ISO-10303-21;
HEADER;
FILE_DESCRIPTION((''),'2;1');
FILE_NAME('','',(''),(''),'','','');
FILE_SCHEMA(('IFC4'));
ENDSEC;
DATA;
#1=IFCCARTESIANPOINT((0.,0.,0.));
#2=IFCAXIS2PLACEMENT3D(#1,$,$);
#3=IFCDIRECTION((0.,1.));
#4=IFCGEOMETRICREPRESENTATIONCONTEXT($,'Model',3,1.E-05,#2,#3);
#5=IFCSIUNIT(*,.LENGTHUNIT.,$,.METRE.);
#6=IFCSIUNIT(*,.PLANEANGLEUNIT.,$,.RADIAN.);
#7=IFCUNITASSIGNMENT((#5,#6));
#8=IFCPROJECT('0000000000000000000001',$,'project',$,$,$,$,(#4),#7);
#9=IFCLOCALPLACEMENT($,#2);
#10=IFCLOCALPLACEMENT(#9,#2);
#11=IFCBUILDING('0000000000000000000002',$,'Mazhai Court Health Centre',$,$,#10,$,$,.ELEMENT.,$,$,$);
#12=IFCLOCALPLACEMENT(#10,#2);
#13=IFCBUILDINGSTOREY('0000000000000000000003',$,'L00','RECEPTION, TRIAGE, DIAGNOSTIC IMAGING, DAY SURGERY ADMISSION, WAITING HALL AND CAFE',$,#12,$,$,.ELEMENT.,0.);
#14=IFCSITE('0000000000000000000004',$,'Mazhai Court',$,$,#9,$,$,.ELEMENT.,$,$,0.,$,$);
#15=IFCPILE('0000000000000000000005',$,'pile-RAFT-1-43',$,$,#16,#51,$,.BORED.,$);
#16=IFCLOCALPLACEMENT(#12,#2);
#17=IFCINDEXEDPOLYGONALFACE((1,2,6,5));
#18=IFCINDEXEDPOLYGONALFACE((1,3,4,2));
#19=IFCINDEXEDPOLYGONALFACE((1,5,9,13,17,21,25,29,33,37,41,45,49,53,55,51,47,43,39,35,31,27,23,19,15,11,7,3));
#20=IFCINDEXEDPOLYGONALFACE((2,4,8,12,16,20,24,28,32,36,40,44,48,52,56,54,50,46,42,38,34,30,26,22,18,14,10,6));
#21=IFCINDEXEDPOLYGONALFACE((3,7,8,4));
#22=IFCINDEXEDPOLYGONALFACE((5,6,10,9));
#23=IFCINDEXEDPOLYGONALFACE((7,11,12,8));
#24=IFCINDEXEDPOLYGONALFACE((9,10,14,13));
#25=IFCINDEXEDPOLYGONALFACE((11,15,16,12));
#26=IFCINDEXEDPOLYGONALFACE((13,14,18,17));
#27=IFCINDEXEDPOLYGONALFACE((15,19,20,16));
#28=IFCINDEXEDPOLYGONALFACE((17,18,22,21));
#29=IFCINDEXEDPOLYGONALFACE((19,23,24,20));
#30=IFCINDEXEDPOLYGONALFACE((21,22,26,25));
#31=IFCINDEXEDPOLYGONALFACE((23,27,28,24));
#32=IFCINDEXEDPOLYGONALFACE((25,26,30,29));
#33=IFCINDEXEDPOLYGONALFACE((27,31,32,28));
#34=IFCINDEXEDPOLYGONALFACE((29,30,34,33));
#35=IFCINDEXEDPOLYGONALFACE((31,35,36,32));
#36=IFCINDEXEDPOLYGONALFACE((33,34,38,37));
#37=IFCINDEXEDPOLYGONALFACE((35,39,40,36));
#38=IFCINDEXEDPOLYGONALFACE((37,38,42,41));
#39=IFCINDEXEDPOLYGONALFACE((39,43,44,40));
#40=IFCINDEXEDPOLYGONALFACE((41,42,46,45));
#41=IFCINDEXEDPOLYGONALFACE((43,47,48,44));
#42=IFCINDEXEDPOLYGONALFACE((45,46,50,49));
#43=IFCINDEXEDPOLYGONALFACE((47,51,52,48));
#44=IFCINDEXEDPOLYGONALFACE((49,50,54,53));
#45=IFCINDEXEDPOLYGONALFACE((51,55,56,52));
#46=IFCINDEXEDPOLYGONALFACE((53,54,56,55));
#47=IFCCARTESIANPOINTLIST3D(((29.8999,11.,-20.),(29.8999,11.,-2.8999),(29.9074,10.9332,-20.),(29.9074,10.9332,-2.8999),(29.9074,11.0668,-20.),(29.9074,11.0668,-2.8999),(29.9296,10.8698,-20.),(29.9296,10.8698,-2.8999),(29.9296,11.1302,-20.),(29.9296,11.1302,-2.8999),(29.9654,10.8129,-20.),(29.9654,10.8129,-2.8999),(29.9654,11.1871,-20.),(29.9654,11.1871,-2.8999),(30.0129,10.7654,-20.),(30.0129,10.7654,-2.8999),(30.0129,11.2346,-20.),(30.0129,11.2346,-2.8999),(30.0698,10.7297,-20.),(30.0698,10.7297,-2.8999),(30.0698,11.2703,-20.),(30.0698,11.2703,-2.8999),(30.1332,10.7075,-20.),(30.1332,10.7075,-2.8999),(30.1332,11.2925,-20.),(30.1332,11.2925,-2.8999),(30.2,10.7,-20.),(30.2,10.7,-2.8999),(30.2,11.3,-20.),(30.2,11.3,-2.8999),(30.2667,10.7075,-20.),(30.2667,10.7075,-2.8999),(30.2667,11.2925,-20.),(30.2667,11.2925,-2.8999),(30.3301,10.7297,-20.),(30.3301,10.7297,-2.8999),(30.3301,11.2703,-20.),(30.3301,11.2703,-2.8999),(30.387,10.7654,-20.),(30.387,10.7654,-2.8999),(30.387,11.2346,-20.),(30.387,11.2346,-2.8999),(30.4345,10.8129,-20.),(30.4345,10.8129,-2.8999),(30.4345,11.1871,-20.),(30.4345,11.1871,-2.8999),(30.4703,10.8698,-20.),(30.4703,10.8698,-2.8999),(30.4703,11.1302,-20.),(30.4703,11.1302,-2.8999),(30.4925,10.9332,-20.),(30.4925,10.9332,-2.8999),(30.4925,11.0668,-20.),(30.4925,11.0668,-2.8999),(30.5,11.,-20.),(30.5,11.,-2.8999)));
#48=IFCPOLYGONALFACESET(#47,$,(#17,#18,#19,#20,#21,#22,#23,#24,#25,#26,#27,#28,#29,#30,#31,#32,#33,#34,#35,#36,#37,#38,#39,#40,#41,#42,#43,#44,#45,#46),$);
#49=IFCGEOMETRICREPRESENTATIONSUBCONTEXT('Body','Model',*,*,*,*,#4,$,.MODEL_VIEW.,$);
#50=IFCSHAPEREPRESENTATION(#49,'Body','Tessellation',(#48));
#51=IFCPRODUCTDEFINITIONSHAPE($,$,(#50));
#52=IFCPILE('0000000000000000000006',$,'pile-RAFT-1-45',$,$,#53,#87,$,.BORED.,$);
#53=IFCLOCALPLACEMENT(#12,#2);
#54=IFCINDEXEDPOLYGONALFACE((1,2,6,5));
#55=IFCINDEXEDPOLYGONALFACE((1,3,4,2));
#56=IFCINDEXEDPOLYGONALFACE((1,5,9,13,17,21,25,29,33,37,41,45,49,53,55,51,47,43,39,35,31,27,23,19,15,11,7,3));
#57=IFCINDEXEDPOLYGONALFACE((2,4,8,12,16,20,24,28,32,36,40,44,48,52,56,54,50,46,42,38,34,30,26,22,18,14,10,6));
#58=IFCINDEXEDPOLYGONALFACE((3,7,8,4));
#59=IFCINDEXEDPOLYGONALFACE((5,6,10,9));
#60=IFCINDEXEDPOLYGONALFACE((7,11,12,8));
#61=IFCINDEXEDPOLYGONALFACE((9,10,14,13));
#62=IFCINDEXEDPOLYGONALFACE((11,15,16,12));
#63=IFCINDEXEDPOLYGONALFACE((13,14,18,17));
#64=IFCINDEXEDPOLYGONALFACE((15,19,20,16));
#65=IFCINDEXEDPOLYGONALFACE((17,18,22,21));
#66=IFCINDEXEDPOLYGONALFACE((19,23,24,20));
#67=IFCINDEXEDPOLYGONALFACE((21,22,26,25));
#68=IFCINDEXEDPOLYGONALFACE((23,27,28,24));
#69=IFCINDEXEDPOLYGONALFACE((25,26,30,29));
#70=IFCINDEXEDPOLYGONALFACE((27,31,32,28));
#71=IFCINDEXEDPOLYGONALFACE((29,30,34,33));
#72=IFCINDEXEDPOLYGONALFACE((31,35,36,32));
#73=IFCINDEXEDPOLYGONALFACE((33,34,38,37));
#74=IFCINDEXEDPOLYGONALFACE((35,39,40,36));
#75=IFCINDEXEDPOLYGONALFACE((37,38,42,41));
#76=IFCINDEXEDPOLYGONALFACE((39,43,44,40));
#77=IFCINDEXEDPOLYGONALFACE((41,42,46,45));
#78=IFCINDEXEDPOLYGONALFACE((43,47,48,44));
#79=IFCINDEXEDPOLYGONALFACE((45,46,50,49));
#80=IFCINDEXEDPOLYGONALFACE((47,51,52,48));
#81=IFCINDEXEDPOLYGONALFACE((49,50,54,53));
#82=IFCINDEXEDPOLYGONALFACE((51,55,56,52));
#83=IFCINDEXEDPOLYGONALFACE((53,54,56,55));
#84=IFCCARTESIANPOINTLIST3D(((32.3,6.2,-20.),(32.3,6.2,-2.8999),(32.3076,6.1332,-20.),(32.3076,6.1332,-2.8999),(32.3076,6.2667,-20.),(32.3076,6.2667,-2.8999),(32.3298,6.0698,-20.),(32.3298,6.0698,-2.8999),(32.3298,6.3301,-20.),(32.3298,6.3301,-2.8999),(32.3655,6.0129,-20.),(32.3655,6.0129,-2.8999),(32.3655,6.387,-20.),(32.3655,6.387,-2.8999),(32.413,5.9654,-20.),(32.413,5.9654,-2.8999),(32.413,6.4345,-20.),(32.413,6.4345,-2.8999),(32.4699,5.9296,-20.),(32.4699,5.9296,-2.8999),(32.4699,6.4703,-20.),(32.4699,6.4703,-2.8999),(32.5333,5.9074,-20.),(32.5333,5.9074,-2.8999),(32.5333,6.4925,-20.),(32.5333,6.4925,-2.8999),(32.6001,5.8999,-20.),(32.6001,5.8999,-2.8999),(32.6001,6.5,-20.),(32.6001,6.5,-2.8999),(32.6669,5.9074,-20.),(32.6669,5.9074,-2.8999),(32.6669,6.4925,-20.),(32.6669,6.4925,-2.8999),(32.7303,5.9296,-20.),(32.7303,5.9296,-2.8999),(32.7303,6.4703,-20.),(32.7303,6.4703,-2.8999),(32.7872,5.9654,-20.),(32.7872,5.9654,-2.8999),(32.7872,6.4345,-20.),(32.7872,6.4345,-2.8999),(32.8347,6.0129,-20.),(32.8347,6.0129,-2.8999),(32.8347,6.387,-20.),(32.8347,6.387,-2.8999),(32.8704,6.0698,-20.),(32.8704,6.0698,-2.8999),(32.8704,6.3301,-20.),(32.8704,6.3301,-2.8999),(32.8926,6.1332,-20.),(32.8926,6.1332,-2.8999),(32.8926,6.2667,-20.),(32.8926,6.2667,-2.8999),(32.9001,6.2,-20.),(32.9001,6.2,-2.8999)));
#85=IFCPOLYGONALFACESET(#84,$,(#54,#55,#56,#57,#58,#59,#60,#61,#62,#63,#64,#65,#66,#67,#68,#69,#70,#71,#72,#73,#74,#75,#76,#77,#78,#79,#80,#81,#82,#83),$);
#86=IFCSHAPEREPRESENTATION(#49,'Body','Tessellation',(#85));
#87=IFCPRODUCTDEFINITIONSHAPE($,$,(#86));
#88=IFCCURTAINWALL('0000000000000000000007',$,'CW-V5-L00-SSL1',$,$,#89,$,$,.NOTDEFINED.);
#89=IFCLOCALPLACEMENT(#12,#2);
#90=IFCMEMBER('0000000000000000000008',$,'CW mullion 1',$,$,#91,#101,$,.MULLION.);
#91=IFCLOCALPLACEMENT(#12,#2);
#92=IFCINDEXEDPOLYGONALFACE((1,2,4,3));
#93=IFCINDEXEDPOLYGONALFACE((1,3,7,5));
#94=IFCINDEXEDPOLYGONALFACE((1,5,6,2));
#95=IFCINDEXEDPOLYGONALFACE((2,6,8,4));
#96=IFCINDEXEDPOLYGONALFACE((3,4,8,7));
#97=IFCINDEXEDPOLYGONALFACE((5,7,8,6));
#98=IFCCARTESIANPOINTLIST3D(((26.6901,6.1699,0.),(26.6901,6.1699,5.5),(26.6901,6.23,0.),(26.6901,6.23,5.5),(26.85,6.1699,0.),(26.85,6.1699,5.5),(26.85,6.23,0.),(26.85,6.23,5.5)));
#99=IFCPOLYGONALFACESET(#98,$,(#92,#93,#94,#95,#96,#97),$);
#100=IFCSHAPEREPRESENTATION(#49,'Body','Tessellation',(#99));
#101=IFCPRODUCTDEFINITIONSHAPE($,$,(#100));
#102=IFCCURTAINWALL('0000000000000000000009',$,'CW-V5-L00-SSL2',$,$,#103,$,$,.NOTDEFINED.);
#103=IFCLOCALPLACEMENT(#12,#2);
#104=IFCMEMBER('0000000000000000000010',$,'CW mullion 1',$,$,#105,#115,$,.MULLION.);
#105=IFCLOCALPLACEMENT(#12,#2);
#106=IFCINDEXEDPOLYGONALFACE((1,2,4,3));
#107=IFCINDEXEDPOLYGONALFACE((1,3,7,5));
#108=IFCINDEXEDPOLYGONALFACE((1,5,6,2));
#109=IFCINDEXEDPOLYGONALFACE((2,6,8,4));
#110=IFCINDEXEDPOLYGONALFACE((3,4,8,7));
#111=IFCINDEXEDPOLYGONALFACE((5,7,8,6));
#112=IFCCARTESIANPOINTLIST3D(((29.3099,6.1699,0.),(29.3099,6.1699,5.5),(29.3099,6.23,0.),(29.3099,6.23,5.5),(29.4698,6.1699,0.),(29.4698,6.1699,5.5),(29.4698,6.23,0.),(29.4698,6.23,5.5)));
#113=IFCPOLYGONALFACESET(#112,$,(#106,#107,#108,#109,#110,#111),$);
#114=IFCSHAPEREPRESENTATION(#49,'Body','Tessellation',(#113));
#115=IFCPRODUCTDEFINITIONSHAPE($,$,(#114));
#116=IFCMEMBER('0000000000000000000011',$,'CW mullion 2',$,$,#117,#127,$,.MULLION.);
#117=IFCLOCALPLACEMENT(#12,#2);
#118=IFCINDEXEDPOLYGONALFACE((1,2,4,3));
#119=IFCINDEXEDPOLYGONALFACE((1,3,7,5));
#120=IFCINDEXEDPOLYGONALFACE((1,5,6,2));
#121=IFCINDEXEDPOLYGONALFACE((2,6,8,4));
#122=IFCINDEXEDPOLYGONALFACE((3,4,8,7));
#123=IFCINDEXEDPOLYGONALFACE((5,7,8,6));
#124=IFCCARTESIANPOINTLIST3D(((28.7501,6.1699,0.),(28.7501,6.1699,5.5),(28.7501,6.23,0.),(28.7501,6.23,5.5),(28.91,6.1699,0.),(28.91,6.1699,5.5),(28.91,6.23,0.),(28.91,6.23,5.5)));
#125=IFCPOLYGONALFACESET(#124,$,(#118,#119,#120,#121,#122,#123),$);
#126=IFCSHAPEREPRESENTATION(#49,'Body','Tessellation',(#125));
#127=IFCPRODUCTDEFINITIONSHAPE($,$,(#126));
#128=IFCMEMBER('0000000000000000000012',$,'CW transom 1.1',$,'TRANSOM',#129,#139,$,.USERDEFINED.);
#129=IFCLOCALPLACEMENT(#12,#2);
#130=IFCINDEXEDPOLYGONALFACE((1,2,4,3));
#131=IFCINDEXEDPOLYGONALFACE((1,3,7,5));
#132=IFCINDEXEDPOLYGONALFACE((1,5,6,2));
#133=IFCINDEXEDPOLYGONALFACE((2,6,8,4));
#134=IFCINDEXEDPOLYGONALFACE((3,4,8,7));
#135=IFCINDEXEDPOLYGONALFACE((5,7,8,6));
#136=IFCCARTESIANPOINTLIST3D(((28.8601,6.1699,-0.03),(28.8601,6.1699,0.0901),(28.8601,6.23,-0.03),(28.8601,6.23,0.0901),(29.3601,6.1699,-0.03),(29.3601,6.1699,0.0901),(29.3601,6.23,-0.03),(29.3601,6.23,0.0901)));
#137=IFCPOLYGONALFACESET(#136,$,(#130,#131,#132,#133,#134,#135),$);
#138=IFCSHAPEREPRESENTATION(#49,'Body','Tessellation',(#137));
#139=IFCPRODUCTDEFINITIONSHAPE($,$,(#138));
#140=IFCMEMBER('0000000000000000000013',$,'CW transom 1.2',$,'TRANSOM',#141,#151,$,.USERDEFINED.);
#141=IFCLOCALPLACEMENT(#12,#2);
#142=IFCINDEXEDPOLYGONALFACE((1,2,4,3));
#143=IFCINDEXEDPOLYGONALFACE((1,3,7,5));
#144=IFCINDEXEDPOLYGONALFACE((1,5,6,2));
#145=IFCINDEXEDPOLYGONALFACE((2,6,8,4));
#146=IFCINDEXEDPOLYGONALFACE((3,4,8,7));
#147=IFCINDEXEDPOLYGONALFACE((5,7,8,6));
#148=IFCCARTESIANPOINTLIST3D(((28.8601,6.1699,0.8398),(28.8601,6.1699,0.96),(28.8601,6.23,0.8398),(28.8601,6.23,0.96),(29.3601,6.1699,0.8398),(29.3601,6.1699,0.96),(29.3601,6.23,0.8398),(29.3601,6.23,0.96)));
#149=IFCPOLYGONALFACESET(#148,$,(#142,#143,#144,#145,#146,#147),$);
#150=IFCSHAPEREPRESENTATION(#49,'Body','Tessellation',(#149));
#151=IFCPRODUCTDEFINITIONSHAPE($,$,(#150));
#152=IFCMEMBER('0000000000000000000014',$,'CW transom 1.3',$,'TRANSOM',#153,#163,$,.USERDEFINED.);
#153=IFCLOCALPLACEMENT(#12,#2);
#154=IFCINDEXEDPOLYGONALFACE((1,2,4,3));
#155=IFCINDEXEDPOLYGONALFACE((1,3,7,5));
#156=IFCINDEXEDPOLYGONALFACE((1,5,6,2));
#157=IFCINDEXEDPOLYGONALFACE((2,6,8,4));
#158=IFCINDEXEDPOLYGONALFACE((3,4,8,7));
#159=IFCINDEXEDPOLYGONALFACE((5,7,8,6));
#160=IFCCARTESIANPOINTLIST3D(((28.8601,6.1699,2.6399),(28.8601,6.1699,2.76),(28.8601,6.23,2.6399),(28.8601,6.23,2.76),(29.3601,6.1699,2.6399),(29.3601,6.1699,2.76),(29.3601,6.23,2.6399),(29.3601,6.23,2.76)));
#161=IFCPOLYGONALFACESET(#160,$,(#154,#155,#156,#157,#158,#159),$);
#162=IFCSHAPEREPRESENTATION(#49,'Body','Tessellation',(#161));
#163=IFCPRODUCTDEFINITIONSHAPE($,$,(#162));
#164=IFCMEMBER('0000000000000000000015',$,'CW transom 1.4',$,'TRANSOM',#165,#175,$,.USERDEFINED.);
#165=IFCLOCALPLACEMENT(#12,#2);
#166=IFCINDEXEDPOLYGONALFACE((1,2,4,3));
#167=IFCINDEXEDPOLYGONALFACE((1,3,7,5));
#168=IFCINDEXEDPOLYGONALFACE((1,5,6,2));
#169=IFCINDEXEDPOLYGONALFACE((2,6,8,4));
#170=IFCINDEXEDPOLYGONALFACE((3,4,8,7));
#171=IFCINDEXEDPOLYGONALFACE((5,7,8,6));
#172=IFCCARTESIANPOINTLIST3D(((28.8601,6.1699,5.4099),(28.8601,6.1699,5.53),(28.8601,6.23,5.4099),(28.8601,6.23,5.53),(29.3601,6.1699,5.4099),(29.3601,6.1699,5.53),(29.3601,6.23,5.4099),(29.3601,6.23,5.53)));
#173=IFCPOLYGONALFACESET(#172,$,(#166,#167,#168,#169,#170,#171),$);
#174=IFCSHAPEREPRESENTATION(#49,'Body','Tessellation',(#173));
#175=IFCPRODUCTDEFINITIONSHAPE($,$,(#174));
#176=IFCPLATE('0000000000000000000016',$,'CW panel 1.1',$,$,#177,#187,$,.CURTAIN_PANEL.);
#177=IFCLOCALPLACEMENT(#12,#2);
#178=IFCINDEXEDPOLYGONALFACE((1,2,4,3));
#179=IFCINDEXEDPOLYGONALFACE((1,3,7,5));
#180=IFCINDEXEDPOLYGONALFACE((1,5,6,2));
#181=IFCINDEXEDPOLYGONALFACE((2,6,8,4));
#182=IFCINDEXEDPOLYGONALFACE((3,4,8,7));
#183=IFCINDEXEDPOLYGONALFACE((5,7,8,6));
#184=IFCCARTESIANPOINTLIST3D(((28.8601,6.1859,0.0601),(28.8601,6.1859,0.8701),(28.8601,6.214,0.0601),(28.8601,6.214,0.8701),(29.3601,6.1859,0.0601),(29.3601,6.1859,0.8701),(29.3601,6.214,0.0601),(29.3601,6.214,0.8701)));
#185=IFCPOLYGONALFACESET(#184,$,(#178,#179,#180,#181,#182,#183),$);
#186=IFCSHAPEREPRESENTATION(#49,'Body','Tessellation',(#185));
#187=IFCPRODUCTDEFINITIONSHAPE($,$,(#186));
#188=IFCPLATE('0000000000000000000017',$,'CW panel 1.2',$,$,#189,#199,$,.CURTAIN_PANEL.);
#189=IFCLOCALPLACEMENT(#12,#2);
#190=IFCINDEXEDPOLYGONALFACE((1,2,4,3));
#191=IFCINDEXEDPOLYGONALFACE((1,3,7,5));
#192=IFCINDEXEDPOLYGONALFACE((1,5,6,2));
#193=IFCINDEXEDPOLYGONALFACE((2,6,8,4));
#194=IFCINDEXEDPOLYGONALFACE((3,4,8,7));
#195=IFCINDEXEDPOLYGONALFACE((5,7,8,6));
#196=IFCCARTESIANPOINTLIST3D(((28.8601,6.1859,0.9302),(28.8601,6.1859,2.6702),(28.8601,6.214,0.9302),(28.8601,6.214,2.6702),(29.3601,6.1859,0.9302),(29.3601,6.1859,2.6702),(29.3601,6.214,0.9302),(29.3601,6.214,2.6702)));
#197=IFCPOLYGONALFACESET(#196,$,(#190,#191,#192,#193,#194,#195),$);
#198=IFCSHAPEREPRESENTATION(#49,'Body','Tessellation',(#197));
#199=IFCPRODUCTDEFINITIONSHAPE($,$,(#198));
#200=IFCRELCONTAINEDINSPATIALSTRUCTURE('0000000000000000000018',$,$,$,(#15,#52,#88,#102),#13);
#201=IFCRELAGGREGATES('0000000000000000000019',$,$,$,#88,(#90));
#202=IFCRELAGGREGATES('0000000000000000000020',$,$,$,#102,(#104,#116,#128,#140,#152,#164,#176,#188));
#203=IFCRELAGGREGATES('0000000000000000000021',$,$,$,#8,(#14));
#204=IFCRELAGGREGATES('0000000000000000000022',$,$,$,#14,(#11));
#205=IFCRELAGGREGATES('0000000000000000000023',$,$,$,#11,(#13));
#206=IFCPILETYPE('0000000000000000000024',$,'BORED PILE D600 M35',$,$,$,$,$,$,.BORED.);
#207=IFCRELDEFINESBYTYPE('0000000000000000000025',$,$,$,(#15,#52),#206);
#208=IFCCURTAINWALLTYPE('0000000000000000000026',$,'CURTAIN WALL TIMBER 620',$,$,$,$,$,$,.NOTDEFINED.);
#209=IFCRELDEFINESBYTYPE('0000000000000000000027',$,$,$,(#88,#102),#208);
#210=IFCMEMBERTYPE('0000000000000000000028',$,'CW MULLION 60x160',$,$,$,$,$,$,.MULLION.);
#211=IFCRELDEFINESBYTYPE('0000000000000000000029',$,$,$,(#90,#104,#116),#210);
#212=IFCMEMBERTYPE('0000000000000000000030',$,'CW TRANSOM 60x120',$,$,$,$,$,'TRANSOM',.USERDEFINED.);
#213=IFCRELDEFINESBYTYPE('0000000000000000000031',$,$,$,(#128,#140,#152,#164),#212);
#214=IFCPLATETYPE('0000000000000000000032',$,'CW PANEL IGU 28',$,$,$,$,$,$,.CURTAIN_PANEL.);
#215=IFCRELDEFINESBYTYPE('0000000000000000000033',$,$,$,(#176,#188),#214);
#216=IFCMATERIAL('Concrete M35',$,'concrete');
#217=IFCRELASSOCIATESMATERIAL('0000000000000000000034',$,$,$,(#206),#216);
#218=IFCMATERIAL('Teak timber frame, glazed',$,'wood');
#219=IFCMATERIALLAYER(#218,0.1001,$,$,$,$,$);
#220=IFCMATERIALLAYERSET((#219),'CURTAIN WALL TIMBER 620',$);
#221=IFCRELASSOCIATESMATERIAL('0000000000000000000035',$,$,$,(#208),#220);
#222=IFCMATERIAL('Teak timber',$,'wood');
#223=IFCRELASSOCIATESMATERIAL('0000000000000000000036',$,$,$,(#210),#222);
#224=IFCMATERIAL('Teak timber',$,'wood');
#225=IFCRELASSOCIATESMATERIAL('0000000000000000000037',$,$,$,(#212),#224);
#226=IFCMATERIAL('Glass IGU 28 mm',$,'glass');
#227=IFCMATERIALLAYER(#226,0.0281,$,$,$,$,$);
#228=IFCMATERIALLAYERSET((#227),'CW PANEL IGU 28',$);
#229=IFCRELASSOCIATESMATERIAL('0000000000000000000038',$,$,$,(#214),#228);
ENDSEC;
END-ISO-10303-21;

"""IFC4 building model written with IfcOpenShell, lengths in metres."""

from ifc_helpers import new_model, si_unit, direction, frame, origin, origin_2d, place, context, subcontext, project, spatial, rectangle, circle, extrude, material, layer, layer_set, material_profile, profile_set, type_object, element, aggregate, save


model = new_model("IFC4")

# Units and contexts
model_context = context("Model", 3, precision=1e-05, world=origin(), true_north=direction((0.0, 1.0)))
body_context = subcontext(model_context, "Body", "Model", "MODEL_VIEW")
ifc_project = project(units=[si_unit("LENGTHUNIT", "METRE"), si_unit("PLANEANGLEUNIT", "RADIAN")], contexts=[model_context])

# Site, building, storey
site_placement = place(None, origin())
site = spatial("IfcSite", under=ifc_project, at=site_placement, Name="Mazhai Court", CompositionType="ELEMENT", RefElevation=0.0)
building_placement = place(site_placement, origin())
building = spatial("IfcBuilding", under=site, at=building_placement, Name="Mazhai Court Health Centre", CompositionType="ELEMENT")
storey_placement = place(building_placement, origin())
storey = spatial("IfcBuildingStorey", under=building, at=storey_placement, Name="L00", Description="RECEPTION, TRIAGE, DIAGNOSTIC IMAGING, DAY SURGERY ADMISSION, WAITING HALL AND CAFE", CompositionType="ELEMENT", Elevation=0.0)

# Piles
ifc_material_1 = material(Name="Concrete M35", Category="concrete")
ifc_material_profile_1 = material_profile(ifc_material_1, circle(Radius=0.3, at=origin_2d()), Name="RC PILE D600")
ifc_profile_set_1 = profile_set([ifc_material_profile_1], Name="Concrete M35")
pile_type = type_object("IfcPileType", Name="BORED PILE D600 M35", PredefinedType="BORED", material=ifc_profile_set_1)
for number, where, z_axis, x_axis, name in (
    (1, (30.2, 11.0, -2.8999), (0.0, 0.0, -1.0), (1.0, 0.0, 0.0), "pile-RAFT-1-43"),
    (2, (32.6001, 6.2, -2.8999), (0.0, 0.0, -1.0), (1.0, 0.0, 0.0), "pile-RAFT-1-45"),
):
    element("IfcPile", number, at=place(storey_placement, frame(where, z_axis=z_axis, x_axis=x_axis)), inside=storey, type_object=pile_type, Name=name, PredefinedType="BORED", context=body_context, shape_type="SweptSolid", body=[
        extrude(circle(Radius=0.3, at=origin_2d()), origin(), (0.0, 0.0, 1.0), 17.1001),
    ])

# Curtain wall, member
ifc_material_2 = material(Name="Teak timber frame, glazed", Category="wood")
ifc_layer_1 = layer(ifc_material_2, 0.1001)
ifc_layer_set_1 = layer_set([ifc_layer_1], Name="CURTAIN WALL TIMBER 620")
curtain_wall_type = type_object("IfcCurtainWallType", Name="CURTAIN WALL TIMBER 620", PredefinedType="NOTDEFINED", material=ifc_layer_set_1)
curtain_wall_1_placement = place(storey_placement, origin())
curtain_wall_1 = element("IfcCurtainWall", 3, at=curtain_wall_1_placement, inside=storey, type_object=curtain_wall_type, Name="CW-V5-L00-SSL1", PredefinedType="NOTDEFINED")
ifc_material_3 = material(Name="Teak timber", Category="wood")
ifc_material_profile_2 = material_profile(ifc_material_3, rectangle(XDim=0.0601, YDim=0.1599, at=origin_2d()), Name="CW MULLION 60x160")
ifc_profile_set_2 = profile_set([ifc_material_profile_2], Name="Teak timber")
member_type_1 = type_object("IfcMemberType", Name="CW MULLION 60x160", PredefinedType="MULLION", material=ifc_profile_set_2)
member_1_placement = place(storey_placement, frame((26.77, 6.2, 0.0), z_axis=(0.0, 0.0, 1.0), x_axis=(0.0, -1.0, 0.0)))
member_1 = element("IfcMember", 4, at=member_1_placement, type_object=member_type_1, Name="CW mullion 1", PredefinedType="MULLION", context=body_context, shape_type="SweptSolid", body=[
    extrude(rectangle(XDim=0.0601, YDim=0.1599, at=origin_2d()), origin(), (0.0, 0.0, 1.0), 5.5),
])
aggregate(curtain_wall_1, [member_1])

# Curtain wall, members, plates
curtain_wall_2_placement = place(storey_placement, origin())
curtain_wall_2 = element("IfcCurtainWall", 5, at=curtain_wall_2_placement, inside=storey, type_object=curtain_wall_type, Name="CW-V5-L00-SSL2", PredefinedType="NOTDEFINED")
member_2_placement = place(storey_placement, frame((29.3899, 6.2, 0.0), z_axis=(0.0, 0.0, 1.0), x_axis=(0.0, -1.0, 0.0)))
member_2 = element("IfcMember", 6, at=member_2_placement, type_object=member_type_1, Name="CW mullion 1", PredefinedType="MULLION", context=body_context, shape_type="SweptSolid", body=[
    extrude(rectangle(XDim=0.0601, YDim=0.1599, at=origin_2d()), origin(), (0.0, 0.0, 1.0), 5.5),
])
member_3_placement = place(storey_placement, frame((28.8301, 6.2, 0.0), z_axis=(0.0, 0.0, 1.0), x_axis=(0.0, -1.0, 0.0)))
member_3 = element("IfcMember", 7, at=member_3_placement, type_object=member_type_1, Name="CW mullion 2", PredefinedType="MULLION", context=body_context, shape_type="SweptSolid", body=[
    extrude(rectangle(XDim=0.0601, YDim=0.1599, at=origin_2d()), origin(), (0.0, 0.0, 1.0), 5.5),
])
ifc_material_4 = material(Name="Teak timber", Category="wood")
ifc_material_profile_3 = material_profile(ifc_material_4, rectangle(XDim=0.0601, YDim=0.1201, at=origin_2d()), Name="CW TRANSOM 60x120")
ifc_profile_set_3 = profile_set([ifc_material_profile_3], Name="Teak timber")
member_type_2 = type_object("IfcMemberType", Name="CW TRANSOM 60x120", ElementType="TRANSOM", PredefinedType="USERDEFINED", material=ifc_profile_set_3)
member_4_placement = place(storey_placement, frame((29.3601, 6.2, 0.03), z_axis=(-1.0, 0.0, 0.0), x_axis=(0.0, -1.0, 0.0)))
member_4 = element("IfcMember", 8, at=member_4_placement, type_object=member_type_2, Name="CW transom 1.1", ObjectType="TRANSOM", PredefinedType="USERDEFINED", context=body_context, shape_type="SweptSolid", body=[
    extrude(rectangle(XDim=0.0601, YDim=0.1201, at=origin_2d()), origin(), (0.0, 0.0, 1.0), 0.5),
])
member_5_placement = place(storey_placement, frame((29.3601, 6.2, 0.8999), z_axis=(-1.0, 0.0, 0.0), x_axis=(0.0, -1.0, 0.0)))
member_5 = element("IfcMember", 9, at=member_5_placement, type_object=member_type_2, Name="CW transom 1.2", ObjectType="TRANSOM", PredefinedType="USERDEFINED", context=body_context, shape_type="SweptSolid", body=[
    extrude(rectangle(XDim=0.0601, YDim=0.1201, at=origin_2d()), origin(), (0.0, 0.0, 1.0), 0.5),
])
member_6_placement = place(storey_placement, frame((29.3601, 6.2, 2.7), z_axis=(-1.0, 0.0, 0.0), x_axis=(0.0, -1.0, 0.0)))
member_6 = element("IfcMember", 10, at=member_6_placement, type_object=member_type_2, Name="CW transom 1.3", ObjectType="TRANSOM", PredefinedType="USERDEFINED", context=body_context, shape_type="SweptSolid", body=[
    extrude(rectangle(XDim=0.0601, YDim=0.1201, at=origin_2d()), origin(), (0.0, 0.0, 1.0), 0.5),
])
member_7_placement = place(storey_placement, frame((29.3601, 6.2, 5.47), z_axis=(-1.0, 0.0, 0.0), x_axis=(0.0, -1.0, 0.0)))
member_7 = element("IfcMember", 11, at=member_7_placement, type_object=member_type_2, Name="CW transom 1.4", ObjectType="TRANSOM", PredefinedType="USERDEFINED", context=body_context, shape_type="SweptSolid", body=[
    extrude(rectangle(XDim=0.0601, YDim=0.1201, at=origin_2d()), origin(), (0.0, 0.0, 1.0), 0.5),
])
ifc_material_5 = material(Name="Glass IGU 28 mm", Category="glass")
ifc_layer_2 = layer(ifc_material_5, 0.0281)
ifc_layer_set_2 = layer_set([ifc_layer_2], Name="CW PANEL IGU 28")
plate_type = type_object("IfcPlateType", Name="CW PANEL IGU 28", PredefinedType="CURTAIN_PANEL", material=ifc_layer_set_2)
plate_1_placement = place(storey_placement, frame((29.1101, 6.2, 0.0601), z_axis=(0.0, 0.0, 1.0), x_axis=(-1.0, 0.0, 0.0)))
plate_1 = element("IfcPlate", 12, at=plate_1_placement, type_object=plate_type, Name="CW panel 1.1", PredefinedType="CURTAIN_PANEL", context=body_context, shape_type="SweptSolid", body=[
    extrude(rectangle(XDim=0.5, YDim=0.0281, at=origin_2d()), origin(), (0.0, 0.0, 1.0), 0.8101),
])
plate_2_placement = place(storey_placement, frame((29.1101, 6.2, 0.9302), z_axis=(0.0, 0.0, 1.0), x_axis=(-1.0, 0.0, 0.0)))
plate_2 = element("IfcPlate", 13, at=plate_2_placement, type_object=plate_type, Name="CW panel 1.2", PredefinedType="CURTAIN_PANEL", context=body_context, shape_type="SweptSolid", body=[
    extrude(rectangle(XDim=0.5, YDim=0.0281, at=origin_2d()), origin(), (0.0, 0.0, 1.0), 1.74),
])
aggregate(curtain_wall_2, [member_2, member_3, member_4, member_5, member_6, member_7, plate_1, plate_2])

save(model, "model.ifc")
